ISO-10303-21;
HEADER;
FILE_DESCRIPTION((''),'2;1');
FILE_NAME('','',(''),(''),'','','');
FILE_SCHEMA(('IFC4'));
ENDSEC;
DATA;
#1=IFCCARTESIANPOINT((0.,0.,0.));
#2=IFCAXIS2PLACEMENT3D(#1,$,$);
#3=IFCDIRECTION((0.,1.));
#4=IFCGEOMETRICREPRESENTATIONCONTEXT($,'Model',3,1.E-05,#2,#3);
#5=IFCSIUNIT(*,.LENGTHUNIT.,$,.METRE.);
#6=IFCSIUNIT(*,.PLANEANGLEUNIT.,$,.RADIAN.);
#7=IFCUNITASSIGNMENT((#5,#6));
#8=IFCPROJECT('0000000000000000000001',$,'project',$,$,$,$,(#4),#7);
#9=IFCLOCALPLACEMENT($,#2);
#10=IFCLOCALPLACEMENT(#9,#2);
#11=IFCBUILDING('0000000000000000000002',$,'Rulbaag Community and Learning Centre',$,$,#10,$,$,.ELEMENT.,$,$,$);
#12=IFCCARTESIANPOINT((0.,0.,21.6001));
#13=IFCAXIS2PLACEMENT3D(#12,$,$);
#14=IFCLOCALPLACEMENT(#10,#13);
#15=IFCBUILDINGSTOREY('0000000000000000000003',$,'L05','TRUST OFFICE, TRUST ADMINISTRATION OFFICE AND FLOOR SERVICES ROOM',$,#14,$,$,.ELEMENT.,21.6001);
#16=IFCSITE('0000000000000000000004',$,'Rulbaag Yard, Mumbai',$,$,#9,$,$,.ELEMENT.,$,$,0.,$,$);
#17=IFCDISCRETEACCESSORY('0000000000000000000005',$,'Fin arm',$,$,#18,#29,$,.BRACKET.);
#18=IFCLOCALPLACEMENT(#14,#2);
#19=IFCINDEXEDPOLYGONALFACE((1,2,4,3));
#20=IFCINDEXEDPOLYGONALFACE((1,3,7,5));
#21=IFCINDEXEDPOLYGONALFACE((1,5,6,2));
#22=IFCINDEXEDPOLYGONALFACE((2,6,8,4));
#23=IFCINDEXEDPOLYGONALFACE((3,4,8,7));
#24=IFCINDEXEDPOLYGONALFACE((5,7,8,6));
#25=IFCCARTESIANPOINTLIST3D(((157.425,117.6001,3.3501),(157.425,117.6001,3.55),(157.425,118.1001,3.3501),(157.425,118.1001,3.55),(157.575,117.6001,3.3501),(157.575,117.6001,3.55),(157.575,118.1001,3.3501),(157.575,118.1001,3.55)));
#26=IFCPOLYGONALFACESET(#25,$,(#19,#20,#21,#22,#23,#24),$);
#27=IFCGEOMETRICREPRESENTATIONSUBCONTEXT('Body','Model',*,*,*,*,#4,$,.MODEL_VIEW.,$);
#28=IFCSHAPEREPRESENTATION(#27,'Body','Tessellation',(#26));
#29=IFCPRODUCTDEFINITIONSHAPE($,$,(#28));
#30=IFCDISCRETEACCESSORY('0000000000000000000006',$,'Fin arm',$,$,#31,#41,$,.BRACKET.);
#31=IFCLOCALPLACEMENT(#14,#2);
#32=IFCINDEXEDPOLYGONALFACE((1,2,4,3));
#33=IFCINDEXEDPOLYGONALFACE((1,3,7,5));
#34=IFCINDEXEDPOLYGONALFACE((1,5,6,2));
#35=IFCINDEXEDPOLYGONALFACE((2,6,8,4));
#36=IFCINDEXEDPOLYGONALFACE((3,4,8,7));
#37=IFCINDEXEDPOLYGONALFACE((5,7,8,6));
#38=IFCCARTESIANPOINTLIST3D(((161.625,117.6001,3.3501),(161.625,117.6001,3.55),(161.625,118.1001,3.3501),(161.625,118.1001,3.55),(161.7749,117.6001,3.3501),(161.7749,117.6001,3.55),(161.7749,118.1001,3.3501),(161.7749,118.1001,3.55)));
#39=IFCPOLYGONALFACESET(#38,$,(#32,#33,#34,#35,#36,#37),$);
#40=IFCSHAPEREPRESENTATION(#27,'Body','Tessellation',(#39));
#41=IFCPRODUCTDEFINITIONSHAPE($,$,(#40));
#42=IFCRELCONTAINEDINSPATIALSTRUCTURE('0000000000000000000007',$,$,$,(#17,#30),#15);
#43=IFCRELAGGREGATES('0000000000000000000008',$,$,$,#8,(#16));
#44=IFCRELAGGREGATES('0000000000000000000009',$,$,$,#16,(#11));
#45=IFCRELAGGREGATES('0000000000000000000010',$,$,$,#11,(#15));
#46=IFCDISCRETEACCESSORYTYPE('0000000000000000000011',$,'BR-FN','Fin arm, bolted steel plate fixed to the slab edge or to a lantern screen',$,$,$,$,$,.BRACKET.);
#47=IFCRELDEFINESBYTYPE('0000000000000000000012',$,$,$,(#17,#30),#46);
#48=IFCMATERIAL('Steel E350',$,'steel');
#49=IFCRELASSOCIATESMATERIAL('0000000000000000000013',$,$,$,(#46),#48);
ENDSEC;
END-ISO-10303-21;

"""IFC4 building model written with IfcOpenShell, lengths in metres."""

from ifc_helpers import new_model, si_unit, direction, frame, origin, origin_2d, place, context, subcontext, project, spatial, rectangle, extrude, material, type_object, element, save


model = new_model("IFC4")

# Units and contexts
model_context = context("Model", 3, precision=1e-05, world=origin(), true_north=direction((0.0, 1.0)))
body_context = subcontext(model_context, "Body", "Model", "MODEL_VIEW")
ifc_project = project(units=[si_unit("LENGTHUNIT", "METRE"), si_unit("PLANEANGLEUNIT", "RADIAN")], contexts=[model_context])

# Site, building, storey
site_placement = place(None, origin())
site = spatial("IfcSite", under=ifc_project, at=site_placement, Name="Rulbaag Yard, Mumbai", CompositionType="ELEMENT", RefElevation=0.0)
building_placement = place(site_placement, origin())
building = spatial("IfcBuilding", under=site, at=building_placement, Name="Rulbaag Community and Learning Centre", CompositionType="ELEMENT")
storey_placement = place(building_placement, frame((0.0, 0.0, 21.6001)))
storey = spatial("IfcBuildingStorey", under=building, at=storey_placement, Name="L05", Description="TRUST OFFICE, TRUST ADMINISTRATION OFFICE AND FLOOR SERVICES ROOM", CompositionType="ELEMENT", Elevation=21.6001)

# Discrete accessories
ifc_material_1 = material(Name="Steel E350", Category="steel")
discrete_accessory_type = type_object("IfcDiscreteAccessoryType", Name="BR-FN", Description="Fin arm, bolted steel plate fixed to the slab edge or to a lantern screen", PredefinedType="BRACKET", material=ifc_material_1)
for number, where, z_axis, x_axis, name in (
    (1, (157.5, 117.8501, 3.3501), (0.0, 0.0, 1.0), (1.0, 0.0, 0.0), "Fin arm"),
    (2, (161.7, 117.8501, 3.3501), (0.0, 0.0, 1.0), (1.0, 0.0, 0.0), "Fin arm"),
):
    element("IfcDiscreteAccessory", number, at=place(storey_placement, frame(where, z_axis=z_axis, x_axis=x_axis)), inside=storey, type_object=discrete_accessory_type, Name=name, PredefinedType="BRACKET", context=body_context, shape_type="SweptSolid", body=[
        extrude(rectangle(XDim=0.1499, YDim=0.5, at=origin_2d()), origin(), (0.0, 0.0, 1.0), 0.2),
    ])

save(model, "model.ifc")
